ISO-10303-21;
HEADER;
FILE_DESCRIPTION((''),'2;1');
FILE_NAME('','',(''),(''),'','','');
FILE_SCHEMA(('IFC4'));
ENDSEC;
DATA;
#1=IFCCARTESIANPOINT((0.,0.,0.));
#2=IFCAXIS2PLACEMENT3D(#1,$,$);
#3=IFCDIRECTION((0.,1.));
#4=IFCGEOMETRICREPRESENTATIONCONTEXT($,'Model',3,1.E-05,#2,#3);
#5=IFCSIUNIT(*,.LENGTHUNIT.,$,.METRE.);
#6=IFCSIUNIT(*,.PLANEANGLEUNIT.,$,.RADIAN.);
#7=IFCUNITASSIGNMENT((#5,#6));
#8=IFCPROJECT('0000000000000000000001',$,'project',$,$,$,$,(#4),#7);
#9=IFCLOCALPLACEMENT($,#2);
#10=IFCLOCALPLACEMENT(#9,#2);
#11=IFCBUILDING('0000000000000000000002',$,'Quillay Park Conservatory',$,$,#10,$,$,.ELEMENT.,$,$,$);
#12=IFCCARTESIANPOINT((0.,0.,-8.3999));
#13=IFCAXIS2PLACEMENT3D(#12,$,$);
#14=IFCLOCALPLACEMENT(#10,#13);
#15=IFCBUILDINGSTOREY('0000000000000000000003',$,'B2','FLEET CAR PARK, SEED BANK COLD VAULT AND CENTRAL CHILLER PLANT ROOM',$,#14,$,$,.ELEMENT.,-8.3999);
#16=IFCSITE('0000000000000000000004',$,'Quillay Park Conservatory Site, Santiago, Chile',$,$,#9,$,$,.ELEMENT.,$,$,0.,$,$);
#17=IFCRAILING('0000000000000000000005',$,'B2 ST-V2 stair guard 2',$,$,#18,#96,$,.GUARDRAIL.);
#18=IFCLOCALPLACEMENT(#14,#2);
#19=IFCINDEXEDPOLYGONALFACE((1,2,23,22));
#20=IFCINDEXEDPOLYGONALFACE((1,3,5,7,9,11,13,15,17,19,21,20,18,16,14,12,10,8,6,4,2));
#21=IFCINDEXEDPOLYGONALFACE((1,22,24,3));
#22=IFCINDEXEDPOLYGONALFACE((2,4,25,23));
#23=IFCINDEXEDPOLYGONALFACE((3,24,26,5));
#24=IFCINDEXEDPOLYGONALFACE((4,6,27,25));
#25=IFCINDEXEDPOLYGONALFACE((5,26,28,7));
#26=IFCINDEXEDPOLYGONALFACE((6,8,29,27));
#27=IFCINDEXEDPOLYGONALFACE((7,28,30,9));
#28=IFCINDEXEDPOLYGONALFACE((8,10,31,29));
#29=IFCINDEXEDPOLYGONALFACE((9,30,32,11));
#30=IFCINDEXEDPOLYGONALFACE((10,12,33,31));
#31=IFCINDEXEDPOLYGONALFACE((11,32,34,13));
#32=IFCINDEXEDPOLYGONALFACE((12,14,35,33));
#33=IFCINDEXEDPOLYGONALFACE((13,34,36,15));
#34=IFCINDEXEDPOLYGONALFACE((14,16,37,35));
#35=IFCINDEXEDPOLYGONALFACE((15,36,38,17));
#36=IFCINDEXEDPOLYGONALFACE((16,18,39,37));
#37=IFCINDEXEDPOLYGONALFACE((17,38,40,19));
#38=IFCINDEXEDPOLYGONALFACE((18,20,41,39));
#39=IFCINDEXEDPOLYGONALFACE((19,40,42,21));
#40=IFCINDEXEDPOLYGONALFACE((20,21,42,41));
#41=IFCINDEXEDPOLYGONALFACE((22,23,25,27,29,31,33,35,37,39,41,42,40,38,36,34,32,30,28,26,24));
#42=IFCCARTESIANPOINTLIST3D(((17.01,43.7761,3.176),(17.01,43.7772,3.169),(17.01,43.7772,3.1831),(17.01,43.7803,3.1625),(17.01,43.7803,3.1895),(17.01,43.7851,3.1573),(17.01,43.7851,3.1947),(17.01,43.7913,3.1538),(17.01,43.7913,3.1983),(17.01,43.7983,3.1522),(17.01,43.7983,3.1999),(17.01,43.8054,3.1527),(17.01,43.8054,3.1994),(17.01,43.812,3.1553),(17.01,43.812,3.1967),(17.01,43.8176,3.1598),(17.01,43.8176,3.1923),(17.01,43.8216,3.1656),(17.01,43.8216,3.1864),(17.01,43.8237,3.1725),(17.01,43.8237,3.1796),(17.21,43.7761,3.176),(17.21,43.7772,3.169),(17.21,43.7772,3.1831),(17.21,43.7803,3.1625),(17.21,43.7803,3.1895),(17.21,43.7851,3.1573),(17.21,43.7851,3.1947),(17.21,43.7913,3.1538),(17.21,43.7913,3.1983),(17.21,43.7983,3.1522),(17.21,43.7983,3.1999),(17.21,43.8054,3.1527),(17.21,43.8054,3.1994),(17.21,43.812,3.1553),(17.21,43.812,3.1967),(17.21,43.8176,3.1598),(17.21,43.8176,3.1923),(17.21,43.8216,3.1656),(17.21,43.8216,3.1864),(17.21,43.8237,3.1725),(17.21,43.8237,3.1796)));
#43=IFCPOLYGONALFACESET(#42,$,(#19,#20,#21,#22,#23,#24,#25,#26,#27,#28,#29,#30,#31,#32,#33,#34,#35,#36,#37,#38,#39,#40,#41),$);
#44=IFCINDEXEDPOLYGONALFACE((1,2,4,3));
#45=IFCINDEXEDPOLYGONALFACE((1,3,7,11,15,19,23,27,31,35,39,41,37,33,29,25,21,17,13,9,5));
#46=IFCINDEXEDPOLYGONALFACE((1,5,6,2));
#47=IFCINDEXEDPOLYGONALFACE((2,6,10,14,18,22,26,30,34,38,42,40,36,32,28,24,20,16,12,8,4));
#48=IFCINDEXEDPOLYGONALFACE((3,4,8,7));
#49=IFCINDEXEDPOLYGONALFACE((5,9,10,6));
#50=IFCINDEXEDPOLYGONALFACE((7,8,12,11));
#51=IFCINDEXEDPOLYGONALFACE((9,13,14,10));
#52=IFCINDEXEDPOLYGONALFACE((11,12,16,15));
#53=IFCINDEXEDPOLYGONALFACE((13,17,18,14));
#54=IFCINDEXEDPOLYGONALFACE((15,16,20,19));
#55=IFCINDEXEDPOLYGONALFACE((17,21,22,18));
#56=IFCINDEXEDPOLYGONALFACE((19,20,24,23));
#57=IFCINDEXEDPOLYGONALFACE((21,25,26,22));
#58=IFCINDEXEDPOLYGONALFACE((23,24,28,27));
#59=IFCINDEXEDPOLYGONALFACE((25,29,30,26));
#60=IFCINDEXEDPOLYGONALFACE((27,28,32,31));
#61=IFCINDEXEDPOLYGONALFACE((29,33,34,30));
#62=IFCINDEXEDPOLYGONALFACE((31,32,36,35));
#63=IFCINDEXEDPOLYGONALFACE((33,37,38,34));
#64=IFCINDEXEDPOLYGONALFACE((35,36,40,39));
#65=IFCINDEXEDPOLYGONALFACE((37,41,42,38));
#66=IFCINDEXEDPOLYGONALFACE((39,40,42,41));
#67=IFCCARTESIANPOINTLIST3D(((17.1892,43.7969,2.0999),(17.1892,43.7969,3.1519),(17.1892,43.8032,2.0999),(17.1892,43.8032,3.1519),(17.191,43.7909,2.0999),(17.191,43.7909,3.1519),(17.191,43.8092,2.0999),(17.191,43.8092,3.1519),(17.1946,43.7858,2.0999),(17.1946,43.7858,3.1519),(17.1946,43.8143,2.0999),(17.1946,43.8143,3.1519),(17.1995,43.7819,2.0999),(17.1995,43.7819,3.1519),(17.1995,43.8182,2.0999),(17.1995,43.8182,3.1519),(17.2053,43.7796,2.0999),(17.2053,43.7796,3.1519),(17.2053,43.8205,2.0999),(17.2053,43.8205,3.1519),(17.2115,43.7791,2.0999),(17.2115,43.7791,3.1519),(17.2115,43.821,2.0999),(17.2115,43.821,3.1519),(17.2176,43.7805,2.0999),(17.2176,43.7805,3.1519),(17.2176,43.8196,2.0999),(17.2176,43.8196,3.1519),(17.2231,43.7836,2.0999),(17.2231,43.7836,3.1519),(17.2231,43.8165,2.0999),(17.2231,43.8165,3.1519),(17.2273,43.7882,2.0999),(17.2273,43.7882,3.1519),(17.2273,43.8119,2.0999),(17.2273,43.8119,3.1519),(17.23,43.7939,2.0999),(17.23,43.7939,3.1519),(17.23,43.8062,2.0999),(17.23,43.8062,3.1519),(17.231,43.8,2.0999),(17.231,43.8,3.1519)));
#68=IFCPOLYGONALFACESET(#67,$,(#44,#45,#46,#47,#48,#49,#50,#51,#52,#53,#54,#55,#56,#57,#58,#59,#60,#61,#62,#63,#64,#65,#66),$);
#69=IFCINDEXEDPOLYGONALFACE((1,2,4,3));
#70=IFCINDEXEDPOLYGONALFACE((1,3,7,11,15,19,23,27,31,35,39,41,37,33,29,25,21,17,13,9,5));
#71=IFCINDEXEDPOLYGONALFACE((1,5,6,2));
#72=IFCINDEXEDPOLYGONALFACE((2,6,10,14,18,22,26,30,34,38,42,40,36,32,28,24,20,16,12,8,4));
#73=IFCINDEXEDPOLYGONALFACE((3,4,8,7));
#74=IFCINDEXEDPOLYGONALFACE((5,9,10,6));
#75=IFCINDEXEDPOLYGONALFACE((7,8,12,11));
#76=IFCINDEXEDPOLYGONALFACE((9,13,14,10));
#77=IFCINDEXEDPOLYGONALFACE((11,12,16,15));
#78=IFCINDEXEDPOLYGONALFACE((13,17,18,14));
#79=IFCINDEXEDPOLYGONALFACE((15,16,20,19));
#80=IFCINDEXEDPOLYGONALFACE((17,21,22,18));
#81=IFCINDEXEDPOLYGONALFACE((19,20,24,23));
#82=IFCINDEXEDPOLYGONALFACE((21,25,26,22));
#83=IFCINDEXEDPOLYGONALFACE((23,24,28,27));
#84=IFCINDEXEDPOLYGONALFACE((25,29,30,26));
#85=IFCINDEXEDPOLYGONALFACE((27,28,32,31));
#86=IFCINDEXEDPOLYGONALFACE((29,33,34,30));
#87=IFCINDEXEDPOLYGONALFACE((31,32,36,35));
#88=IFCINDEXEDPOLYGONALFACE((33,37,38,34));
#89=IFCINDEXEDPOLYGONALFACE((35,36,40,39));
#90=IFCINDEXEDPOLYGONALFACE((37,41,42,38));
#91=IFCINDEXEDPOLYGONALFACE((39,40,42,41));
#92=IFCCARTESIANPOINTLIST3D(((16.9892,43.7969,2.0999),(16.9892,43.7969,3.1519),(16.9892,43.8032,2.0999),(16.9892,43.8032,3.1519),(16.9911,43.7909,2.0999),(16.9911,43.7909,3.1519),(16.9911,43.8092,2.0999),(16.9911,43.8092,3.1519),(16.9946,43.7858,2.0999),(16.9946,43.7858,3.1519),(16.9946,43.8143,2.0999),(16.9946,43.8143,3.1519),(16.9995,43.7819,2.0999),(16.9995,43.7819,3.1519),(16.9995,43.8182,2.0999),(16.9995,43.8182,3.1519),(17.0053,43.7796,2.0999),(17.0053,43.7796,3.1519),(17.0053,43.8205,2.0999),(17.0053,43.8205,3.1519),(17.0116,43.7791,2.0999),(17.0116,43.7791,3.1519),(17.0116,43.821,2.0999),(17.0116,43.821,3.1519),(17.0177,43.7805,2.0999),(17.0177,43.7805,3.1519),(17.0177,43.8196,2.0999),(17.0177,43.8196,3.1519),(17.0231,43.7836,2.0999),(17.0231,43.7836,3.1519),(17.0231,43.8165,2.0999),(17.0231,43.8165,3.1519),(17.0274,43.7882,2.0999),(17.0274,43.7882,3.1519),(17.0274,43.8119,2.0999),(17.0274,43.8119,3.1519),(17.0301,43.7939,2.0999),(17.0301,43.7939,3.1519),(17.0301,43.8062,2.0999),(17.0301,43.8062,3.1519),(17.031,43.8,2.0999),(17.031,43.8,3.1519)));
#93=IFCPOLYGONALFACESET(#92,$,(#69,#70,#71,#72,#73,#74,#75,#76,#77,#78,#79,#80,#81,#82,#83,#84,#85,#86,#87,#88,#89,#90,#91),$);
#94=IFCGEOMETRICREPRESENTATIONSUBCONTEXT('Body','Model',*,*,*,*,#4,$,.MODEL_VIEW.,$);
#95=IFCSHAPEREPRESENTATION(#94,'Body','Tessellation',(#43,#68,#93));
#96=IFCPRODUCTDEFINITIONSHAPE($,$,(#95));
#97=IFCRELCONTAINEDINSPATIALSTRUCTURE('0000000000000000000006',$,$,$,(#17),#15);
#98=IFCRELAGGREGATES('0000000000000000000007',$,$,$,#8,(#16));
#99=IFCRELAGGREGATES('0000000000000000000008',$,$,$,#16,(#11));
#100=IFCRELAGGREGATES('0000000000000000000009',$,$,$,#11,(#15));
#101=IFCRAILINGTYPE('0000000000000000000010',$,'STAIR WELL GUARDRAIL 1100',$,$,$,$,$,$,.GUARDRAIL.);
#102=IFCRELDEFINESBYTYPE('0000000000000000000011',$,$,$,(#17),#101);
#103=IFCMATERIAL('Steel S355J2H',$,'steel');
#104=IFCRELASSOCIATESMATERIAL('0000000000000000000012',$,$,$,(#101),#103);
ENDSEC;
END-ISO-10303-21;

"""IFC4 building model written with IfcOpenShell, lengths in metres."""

from ifc_helpers import new_model, si_unit, direction, frame, origin, origin_2d, place, context, subcontext, project, spatial, circle, extrude, material, type_object, element, save


model = new_model("IFC4")

# Units and contexts
model_context = context("Model", 3, precision=1e-05, world=origin(), true_north=direction((0.0, 1.0)))
body_context = subcontext(model_context, "Body", "Model", "MODEL_VIEW")
ifc_project = project(units=[si_unit("LENGTHUNIT", "METRE"), si_unit("PLANEANGLEUNIT", "RADIAN")], contexts=[model_context])

# Site, building, storey
site_placement = place(None, origin())
site = spatial("IfcSite", under=ifc_project, at=site_placement, Name="Quillay Park Conservatory Site, Santiago, Chile", CompositionType="ELEMENT", RefElevation=0.0)
building_placement = place(site_placement, origin())
building = spatial("IfcBuilding", under=site, at=building_placement, Name="Quillay Park Conservatory", CompositionType="ELEMENT")
storey_placement = place(building_placement, frame((0.0, 0.0, -8.3999)))
storey = spatial("IfcBuildingStorey", under=building, at=storey_placement, Name="B2", Description="FLEET CAR PARK, SEED BANK COLD VAULT AND CENTRAL CHILLER PLANT ROOM", CompositionType="ELEMENT", Elevation=-8.3999)

# Railing
ifc_material_1 = material(Name="Steel S355J2H", Category="steel")
railing_type_1 = type_object("IfcRailingType", Name="STAIR WELL GUARDRAIL 1100", PredefinedType="GUARDRAIL", material=ifc_material_1)
railing_1_placement = place(storey_placement, frame((17.21, 43.8, 2.0999)))
element("IfcRailing", 1, at=railing_1_placement, inside=storey, type_object=railing_type_1, Name="B2 ST-V2 stair guard 2", PredefinedType="GUARDRAIL", context=body_context, shape_type="SweptSolid", body=[
    extrude(circle(Radius=0.0239, at=origin_2d()), frame((0.0, 0.0, 1.0762), z_axis=(-1.0, 0.0, 0.0), x_axis=(0.0, -1.0, 0.0)), (0.0, 0.0, 1.0), 0.2),
    extrude(circle(Radius=0.021, at=origin_2d()), origin(), (0.0, 0.0, 1.0), 1.052),
    extrude(circle(Radius=0.021, at=origin_2d()), frame((-0.2, 0.0, 0.0)), (0.0, 0.0, 1.0), 1.052),
])

save(model, "model.ifc")
